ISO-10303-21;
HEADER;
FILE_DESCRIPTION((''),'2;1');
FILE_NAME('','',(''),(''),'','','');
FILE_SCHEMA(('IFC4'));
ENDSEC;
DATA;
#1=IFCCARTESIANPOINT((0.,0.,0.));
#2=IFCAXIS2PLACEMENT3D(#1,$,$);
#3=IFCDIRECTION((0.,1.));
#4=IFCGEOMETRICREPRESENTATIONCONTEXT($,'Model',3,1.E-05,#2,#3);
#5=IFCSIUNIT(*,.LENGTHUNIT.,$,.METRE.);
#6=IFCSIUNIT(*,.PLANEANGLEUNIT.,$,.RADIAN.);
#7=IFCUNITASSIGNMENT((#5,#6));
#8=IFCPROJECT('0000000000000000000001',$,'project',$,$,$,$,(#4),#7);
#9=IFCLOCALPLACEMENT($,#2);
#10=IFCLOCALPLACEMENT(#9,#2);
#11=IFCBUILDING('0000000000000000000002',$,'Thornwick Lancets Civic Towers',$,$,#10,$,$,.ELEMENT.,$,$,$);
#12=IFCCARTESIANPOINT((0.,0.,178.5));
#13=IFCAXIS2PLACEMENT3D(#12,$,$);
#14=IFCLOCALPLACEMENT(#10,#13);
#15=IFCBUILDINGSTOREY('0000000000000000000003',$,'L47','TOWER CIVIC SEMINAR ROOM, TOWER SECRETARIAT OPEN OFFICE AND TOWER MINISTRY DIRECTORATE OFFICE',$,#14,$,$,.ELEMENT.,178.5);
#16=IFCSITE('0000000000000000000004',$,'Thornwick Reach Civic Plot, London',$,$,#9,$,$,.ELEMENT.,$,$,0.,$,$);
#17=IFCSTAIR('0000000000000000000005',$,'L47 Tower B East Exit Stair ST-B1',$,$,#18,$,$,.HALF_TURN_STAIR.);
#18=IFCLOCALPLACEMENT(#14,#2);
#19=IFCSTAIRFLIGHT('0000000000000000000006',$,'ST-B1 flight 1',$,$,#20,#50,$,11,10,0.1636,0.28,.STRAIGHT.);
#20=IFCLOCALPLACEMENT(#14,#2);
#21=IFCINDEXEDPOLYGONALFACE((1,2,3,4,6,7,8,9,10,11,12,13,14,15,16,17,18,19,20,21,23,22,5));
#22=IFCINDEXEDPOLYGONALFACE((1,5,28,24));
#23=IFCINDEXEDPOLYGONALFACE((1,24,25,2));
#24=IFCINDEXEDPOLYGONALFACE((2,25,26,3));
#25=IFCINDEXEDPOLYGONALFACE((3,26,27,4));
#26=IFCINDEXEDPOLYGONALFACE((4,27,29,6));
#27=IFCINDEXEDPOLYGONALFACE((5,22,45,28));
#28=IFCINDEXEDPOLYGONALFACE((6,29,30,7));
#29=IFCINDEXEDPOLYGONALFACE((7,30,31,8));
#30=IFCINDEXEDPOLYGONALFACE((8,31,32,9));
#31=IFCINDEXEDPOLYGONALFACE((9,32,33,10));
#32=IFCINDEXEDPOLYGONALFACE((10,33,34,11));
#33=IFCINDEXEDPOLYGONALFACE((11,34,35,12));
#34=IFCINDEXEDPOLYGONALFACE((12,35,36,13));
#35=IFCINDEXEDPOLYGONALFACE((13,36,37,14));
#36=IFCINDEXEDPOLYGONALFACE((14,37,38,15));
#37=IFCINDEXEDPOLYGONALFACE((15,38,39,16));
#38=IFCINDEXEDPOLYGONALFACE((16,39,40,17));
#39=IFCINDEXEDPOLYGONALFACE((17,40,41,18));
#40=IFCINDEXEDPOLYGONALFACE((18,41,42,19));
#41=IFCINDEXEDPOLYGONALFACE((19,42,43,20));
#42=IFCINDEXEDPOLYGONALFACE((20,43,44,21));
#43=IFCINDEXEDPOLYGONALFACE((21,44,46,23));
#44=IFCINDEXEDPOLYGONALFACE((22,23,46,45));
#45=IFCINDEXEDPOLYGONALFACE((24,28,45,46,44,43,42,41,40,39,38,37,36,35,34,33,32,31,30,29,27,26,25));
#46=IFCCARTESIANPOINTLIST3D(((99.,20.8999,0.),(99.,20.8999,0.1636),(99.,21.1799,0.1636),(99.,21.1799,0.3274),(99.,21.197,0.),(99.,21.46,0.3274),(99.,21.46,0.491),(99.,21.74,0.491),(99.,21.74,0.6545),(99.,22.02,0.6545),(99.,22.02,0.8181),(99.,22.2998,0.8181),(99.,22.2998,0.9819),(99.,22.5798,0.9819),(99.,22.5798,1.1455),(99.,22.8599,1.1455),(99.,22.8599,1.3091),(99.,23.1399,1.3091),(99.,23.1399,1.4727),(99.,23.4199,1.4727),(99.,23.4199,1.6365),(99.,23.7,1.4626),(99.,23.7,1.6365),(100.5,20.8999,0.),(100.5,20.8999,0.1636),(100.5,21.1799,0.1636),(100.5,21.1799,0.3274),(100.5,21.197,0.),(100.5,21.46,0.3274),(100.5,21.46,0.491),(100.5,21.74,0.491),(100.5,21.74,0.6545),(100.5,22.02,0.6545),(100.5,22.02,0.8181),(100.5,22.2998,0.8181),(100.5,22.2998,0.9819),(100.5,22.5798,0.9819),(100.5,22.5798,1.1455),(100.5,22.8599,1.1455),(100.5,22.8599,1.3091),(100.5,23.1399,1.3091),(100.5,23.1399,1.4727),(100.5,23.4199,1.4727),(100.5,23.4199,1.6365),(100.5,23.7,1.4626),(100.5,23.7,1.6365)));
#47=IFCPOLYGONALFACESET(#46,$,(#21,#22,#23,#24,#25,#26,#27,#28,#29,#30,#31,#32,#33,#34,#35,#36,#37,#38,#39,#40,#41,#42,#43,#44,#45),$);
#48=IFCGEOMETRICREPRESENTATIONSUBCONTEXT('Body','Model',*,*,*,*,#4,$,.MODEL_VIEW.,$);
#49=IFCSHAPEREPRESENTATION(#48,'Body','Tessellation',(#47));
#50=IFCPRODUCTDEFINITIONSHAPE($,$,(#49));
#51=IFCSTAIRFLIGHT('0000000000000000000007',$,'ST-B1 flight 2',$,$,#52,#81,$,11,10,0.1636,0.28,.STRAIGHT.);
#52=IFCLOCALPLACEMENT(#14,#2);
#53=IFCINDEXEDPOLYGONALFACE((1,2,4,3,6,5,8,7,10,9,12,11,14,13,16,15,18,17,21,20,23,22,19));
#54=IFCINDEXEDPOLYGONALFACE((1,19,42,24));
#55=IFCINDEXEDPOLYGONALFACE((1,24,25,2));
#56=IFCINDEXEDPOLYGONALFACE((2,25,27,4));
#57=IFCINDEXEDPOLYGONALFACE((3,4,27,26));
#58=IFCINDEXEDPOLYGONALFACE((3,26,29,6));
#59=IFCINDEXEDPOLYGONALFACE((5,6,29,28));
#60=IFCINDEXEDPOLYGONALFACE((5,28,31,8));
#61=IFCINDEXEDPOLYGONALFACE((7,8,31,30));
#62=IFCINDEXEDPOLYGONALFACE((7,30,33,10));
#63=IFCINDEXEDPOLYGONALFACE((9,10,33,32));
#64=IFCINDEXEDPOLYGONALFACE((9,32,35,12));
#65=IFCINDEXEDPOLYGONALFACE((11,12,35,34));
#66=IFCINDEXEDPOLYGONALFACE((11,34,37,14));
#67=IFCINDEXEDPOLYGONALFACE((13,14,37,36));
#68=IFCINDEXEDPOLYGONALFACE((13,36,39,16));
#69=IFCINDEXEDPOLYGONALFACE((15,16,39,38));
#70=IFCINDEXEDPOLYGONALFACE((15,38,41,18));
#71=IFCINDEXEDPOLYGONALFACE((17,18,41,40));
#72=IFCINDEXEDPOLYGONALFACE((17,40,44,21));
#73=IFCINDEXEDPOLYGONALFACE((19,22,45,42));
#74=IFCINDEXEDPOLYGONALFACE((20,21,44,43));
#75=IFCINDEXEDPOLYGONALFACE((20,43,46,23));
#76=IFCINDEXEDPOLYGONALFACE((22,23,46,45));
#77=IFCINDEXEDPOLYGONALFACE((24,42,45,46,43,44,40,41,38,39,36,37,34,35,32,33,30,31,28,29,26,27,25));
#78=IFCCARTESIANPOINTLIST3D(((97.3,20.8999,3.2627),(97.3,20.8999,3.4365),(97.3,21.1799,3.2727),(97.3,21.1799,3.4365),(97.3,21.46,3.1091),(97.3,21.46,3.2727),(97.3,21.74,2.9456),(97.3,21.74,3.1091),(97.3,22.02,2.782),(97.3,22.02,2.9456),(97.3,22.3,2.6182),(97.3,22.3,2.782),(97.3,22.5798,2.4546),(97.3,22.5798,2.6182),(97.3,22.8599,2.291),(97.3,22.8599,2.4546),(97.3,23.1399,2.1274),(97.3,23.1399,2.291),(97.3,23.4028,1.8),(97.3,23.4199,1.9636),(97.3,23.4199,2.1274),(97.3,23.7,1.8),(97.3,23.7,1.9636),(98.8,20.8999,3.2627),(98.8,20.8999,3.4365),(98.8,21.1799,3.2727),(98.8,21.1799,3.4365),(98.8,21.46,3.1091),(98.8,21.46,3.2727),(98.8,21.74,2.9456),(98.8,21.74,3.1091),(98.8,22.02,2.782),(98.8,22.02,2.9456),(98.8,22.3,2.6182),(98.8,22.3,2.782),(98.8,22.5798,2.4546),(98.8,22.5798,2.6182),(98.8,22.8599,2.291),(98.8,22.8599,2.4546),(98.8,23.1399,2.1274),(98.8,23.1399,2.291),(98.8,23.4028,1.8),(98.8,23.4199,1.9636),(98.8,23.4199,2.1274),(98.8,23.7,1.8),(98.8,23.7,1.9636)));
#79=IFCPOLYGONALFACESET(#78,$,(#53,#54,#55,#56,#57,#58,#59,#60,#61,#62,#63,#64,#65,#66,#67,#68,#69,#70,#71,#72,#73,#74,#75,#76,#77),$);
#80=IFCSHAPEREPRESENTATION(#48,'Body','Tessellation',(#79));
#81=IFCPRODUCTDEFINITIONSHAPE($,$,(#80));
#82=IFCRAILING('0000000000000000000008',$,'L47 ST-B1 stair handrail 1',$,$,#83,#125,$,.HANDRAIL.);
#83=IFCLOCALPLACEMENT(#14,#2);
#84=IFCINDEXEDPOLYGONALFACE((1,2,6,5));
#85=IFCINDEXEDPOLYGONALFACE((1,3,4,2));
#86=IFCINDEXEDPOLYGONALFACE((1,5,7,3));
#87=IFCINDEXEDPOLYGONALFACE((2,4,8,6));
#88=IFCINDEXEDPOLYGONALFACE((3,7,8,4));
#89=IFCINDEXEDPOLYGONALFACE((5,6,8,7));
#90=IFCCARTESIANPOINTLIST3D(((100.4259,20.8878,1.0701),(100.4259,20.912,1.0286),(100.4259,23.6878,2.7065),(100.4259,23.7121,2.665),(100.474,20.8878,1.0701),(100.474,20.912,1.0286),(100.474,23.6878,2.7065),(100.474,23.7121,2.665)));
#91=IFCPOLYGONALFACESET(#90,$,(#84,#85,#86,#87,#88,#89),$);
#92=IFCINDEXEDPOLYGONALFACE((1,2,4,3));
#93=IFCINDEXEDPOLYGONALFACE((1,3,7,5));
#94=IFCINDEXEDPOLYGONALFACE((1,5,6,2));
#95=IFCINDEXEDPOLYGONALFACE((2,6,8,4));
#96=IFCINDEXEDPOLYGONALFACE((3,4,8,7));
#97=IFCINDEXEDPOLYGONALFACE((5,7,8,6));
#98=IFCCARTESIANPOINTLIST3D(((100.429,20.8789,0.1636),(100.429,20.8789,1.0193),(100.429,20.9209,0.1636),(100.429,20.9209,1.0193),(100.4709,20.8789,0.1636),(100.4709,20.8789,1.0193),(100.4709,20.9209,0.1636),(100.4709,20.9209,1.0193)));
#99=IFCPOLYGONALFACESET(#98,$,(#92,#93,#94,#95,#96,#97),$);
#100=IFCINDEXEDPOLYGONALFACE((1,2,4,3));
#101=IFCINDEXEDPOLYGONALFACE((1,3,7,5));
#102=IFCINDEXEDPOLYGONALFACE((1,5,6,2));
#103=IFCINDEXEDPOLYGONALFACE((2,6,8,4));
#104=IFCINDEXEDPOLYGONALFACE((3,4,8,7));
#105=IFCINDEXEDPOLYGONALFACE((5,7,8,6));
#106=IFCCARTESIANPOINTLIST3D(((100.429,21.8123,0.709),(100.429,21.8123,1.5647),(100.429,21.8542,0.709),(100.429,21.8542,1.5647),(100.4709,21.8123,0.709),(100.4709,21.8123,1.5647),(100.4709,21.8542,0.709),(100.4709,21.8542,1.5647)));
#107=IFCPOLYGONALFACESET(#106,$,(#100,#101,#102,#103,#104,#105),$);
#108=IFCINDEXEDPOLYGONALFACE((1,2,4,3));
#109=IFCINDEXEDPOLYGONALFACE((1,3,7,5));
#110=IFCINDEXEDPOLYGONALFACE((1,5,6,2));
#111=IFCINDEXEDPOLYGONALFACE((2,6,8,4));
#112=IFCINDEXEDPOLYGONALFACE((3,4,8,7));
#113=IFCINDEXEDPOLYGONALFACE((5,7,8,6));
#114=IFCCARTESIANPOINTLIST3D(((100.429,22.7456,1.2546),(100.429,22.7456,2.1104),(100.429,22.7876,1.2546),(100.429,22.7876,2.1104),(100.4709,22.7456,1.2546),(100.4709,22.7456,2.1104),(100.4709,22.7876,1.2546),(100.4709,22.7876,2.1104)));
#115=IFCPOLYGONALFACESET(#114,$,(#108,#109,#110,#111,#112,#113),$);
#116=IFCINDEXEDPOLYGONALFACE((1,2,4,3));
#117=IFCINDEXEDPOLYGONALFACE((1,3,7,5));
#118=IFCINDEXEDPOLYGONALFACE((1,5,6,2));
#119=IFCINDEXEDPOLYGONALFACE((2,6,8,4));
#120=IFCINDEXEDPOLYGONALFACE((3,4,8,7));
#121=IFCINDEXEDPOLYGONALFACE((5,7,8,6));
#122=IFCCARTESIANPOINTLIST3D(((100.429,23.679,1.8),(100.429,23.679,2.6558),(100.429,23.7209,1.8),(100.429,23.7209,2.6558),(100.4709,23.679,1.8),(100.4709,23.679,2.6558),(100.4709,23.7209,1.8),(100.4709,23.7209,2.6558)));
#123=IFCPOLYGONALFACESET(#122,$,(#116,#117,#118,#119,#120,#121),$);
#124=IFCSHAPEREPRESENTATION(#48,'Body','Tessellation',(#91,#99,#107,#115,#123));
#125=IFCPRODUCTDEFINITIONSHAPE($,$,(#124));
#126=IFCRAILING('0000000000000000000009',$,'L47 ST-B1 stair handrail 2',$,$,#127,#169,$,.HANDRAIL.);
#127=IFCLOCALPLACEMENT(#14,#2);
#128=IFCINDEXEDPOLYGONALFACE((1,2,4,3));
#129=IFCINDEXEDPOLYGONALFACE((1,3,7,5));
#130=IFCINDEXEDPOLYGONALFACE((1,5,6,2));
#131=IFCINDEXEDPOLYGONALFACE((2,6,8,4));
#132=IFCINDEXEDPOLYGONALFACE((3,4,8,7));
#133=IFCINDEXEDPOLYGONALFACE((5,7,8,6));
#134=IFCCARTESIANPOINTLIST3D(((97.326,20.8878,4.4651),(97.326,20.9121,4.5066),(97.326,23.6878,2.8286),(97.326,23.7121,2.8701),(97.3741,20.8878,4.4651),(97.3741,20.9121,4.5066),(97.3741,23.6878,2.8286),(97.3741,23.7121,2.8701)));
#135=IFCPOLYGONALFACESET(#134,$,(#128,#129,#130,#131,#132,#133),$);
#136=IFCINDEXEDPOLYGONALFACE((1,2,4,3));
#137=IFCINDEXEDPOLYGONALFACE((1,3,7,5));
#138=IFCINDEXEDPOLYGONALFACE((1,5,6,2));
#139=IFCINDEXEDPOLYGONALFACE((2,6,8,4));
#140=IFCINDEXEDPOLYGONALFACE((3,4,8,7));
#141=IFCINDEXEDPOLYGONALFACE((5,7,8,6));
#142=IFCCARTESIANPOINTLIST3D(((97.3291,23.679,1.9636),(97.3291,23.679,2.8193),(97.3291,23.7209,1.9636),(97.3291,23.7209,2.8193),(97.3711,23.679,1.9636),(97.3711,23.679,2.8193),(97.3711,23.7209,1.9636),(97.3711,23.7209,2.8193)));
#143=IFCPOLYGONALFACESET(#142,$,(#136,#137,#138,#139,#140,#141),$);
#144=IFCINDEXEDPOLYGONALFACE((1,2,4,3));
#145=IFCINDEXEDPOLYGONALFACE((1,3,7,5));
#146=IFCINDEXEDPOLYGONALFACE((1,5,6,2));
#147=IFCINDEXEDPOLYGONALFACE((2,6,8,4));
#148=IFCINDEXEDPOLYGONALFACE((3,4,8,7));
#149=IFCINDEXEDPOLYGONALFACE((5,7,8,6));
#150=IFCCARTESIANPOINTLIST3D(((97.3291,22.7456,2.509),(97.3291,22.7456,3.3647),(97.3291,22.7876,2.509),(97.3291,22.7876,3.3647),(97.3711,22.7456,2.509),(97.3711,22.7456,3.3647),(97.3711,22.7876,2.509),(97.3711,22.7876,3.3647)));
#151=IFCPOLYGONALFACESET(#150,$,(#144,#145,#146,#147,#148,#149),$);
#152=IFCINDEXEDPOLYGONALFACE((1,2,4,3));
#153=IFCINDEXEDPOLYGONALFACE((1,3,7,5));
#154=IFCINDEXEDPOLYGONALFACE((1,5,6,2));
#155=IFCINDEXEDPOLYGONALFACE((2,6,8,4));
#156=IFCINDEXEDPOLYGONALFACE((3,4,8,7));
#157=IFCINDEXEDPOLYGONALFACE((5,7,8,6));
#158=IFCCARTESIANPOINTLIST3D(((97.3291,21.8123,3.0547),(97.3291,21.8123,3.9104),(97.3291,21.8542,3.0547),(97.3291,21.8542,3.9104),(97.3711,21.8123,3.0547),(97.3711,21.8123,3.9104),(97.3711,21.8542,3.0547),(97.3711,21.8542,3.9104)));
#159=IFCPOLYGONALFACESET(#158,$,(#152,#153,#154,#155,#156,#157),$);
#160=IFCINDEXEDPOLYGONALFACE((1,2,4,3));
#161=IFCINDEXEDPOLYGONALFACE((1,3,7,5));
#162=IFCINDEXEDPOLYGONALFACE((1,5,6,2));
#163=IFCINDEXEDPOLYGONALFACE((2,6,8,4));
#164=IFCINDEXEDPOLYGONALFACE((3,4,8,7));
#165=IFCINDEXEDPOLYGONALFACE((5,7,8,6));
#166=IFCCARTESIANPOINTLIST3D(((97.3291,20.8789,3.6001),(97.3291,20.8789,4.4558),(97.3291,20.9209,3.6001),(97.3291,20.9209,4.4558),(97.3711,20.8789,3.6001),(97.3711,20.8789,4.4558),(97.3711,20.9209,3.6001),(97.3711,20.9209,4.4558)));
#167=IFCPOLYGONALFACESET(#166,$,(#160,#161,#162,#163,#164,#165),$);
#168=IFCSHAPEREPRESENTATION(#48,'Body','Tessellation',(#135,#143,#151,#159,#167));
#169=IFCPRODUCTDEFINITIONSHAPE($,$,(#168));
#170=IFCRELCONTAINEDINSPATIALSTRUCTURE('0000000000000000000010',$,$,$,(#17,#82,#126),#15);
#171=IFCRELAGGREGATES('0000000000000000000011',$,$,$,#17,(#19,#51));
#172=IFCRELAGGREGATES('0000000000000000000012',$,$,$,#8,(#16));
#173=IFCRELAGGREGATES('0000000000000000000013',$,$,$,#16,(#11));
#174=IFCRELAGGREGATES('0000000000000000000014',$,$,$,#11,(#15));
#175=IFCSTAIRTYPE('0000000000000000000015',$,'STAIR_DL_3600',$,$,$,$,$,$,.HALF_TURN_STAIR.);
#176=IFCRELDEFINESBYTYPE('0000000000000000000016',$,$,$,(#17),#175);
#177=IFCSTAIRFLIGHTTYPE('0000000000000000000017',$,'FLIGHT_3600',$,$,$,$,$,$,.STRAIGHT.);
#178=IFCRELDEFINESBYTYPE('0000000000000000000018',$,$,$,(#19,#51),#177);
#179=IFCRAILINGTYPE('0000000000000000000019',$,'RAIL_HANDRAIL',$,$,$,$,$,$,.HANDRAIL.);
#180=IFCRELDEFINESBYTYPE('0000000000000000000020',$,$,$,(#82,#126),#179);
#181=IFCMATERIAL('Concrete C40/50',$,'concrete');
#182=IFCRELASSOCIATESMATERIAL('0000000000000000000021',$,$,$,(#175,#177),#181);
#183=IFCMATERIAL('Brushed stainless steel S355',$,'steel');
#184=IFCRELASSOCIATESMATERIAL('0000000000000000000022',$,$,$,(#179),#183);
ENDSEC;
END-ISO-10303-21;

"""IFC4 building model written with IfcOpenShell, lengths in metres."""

from ifc_helpers import new_model, si_unit, direction, frame, origin, origin_2d, place, context, subcontext, project, spatial, polyline, rectangle, outline, extrude, material, type_object, element, aggregate, save


model = new_model("IFC4")

# Units and contexts
model_context = context("Model", 3, precision=1e-05, world=origin(), true_north=direction((0.0, 1.0)))
body_context = subcontext(model_context, "Body", "Model", "MODEL_VIEW")
ifc_project = project(units=[si_unit("LENGTHUNIT", "METRE"), si_unit("PLANEANGLEUNIT", "RADIAN")], contexts=[model_context])

# Site, building, storey
site_placement = place(None, origin())
site = spatial("IfcSite", under=ifc_project, at=site_placement, Name="Thornwick Reach Civic Plot, London", CompositionType="ELEMENT", RefElevation=0.0)
building_placement = place(site_placement, origin())
building = spatial("IfcBuilding", under=site, at=building_placement, Name="Thornwick Lancets Civic Towers", CompositionType="ELEMENT")
storey_placement = place(building_placement, frame((0.0, 0.0, 178.5)))
storey = spatial("IfcBuildingStorey", under=building, at=storey_placement, Name="L47", Description="TOWER CIVIC SEMINAR ROOM, TOWER SECRETARIAT OPEN OFFICE AND TOWER MINISTRY DIRECTORATE OFFICE", CompositionType="ELEMENT", Elevation=178.5)

# Shared definitions
ifc_material_1 = material(Name="Concrete C40/50", Category="concrete")

# Stair, stair flights
stair_type = type_object("IfcStairType", Name="STAIR_DL_3600", PredefinedType="HALF_TURN_STAIR", material=ifc_material_1)
stair_placement = place(storey_placement, origin())
stair = element("IfcStair", 1, at=stair_placement, inside=storey, type_object=stair_type, Name="L47 Tower B East Exit Stair ST-B1", PredefinedType="HALF_TURN_STAIR")
stair_flight_type = type_object("IfcStairFlightType", Name="FLIGHT_3600", PredefinedType="STRAIGHT", material=ifc_material_1)
stair_flight_1_placement = place(storey_placement, frame((99.75, 20.8999, 0.0), z_axis=(0.0, 0.0, 1.0), x_axis=(0.0, 1.0, 0.0)))
stair_flight_1 = element("IfcStairFlight", 2, at=stair_flight_1_placement, type_object=stair_flight_type, Name="ST-B1 flight 1", NumberOfRisers=11, NumberOfTreads=10, PredefinedType="STRAIGHT", RiserHeight=0.1636, TreadLength=0.28, context=body_context, shape_type="SweptSolid", body=[
    extrude(outline(polyline([(0.0, 0.0), (0.0, 0.1636), (0.28, 0.1636), (0.28, 0.3274), (0.5601, 0.3274), (0.5601, 0.491), (0.8401, 0.491), (0.8401, 0.6545), (1.1201, 0.6545), (1.1201, 0.8181), (1.3999, 0.8181), (1.3999, 0.9819), (1.6799, 0.9819), (1.6799, 1.1455), (1.96, 1.1455), (1.96, 1.3091), (2.24, 1.3091), (2.24, 1.4727), (2.52, 1.4727), (2.52, 1.6365), (2.8, 1.6365), (2.8, 1.8), (2.8, 1.4626), (0.2971, 0.0), (0.0, 0.0)])), frame((0.0, 0.75, 0.0), z_axis=(0.0, -1.0, 0.0), x_axis=(1.0, 0.0, 0.0)), (0.0, 0.0, 1.0), 1.5),
])
stair_flight_2_placement = place(storey_placement, frame((98.05, 23.7, 1.8), z_axis=(0.0, 0.0, 1.0), x_axis=(0.0, -1.0, 0.0)))
stair_flight_2 = element("IfcStairFlight", 3, at=stair_flight_2_placement, type_object=stair_flight_type, Name="ST-B1 flight 2", NumberOfRisers=11, NumberOfTreads=10, PredefinedType="STRAIGHT", RiserHeight=0.1636, TreadLength=0.28, context=body_context, shape_type="SweptSolid", body=[
    extrude(outline(polyline([(0.0, 0.0), (0.0, 0.1636), (0.28, 0.1636), (0.28, 0.3274), (0.5601, 0.3274), (0.5601, 0.491), (0.8401, 0.491), (0.8401, 0.6545), (1.1201, 0.6545), (1.1201, 0.8181), (1.3999, 0.8181), (1.3999, 0.9819), (1.6799, 0.9819), (1.6799, 1.1455), (1.96, 1.1455), (1.96, 1.3091), (2.24, 1.3091), (2.24, 1.4727), (2.52, 1.4727), (2.52, 1.6365), (2.8, 1.6365), (2.8, 1.8), (2.8, 1.4626), (0.2971, 0.0), (0.0, 0.0)])), frame((0.0, 0.75, 0.0), z_axis=(0.0, -1.0, 0.0), x_axis=(1.0, 0.0, 0.0)), (0.0, 0.0, 1.0), 1.5),
])
aggregate(stair, [stair_flight_1, stair_flight_2])

# Railings
ifc_material_2 = material(Name="Brushed stainless steel S355", Category="steel")
railing_type_1 = type_object("IfcRailingType", Name="RAIL_HANDRAIL", PredefinedType="HANDRAIL", material=ifc_material_2)
railing_1_placement = place(storey_placement, frame((100.45, 20.8999, 0.1636)))
element("IfcRailing", 4, at=railing_1_placement, inside=storey, type_object=railing_type_1, Name="L47 ST-B1 stair handrail 1", PredefinedType="HANDRAIL", context=body_context, shape_type="SweptSolid", body=[
    extrude(rectangle(XDim=0.0481, YDim=0.0481, at=origin_2d()), frame((0.0, 0.0, 0.8857), z_axis=(0.0, 0.863361, 0.504587), x_axis=(-1.0, 0.0, 0.0)), (0.0, 0.0, 1.0), 3.2432),
    extrude(rectangle(XDim=0.042, YDim=0.042, at=origin_2d()), origin(), (0.0, 0.0, 1.0), 0.8557),
    extrude(rectangle(XDim=0.042, YDim=0.042, at=origin_2d()), frame((0.0, 0.9333, 0.5454)), (0.0, 0.0, 1.0), 0.8557),
    extrude(rectangle(XDim=0.042, YDim=0.042, at=origin_2d()), frame((0.0, 1.8667, 1.0911)), (0.0, 0.0, 1.0), 0.8557),
    extrude(rectangle(XDim=0.042, YDim=0.042, at=origin_2d()), frame((0.0, 2.8, 1.6365)), (0.0, 0.0, 1.0), 0.8557),
])
railing_2_placement = place(storey_placement, frame((97.3501, 23.7, 1.9636)))
element("IfcRailing", 5, at=railing_2_placement, inside=storey, type_object=railing_type_1, Name="L47 ST-B1 stair handrail 2", PredefinedType="HANDRAIL", context=body_context, shape_type="SweptSolid", body=[
    extrude(rectangle(XDim=0.0481, YDim=0.0481, at=origin_2d()), frame((0.0, 0.0, 0.8857), z_axis=(0.0, -0.863361, 0.504587), x_axis=(1.0, 0.0, 0.0)), (0.0, 0.0, 1.0), 3.2432),
    extrude(rectangle(XDim=0.042, YDim=0.042, at=origin_2d()), origin(), (0.0, 0.0, 1.0), 0.8557),
    extrude(rectangle(XDim=0.042, YDim=0.042, at=origin_2d()), frame((0.0, -0.9333, 0.5454)), (0.0, 0.0, 1.0), 0.8557),
    extrude(rectangle(XDim=0.042, YDim=0.042, at=origin_2d()), frame((0.0, -1.8667, 1.0911)), (0.0, 0.0, 1.0), 0.8557),
    extrude(rectangle(XDim=0.042, YDim=0.042, at=origin_2d()), frame((0.0, -2.8, 1.6365)), (0.0, 0.0, 1.0), 0.8557),
])

save(model, "model.ifc")
